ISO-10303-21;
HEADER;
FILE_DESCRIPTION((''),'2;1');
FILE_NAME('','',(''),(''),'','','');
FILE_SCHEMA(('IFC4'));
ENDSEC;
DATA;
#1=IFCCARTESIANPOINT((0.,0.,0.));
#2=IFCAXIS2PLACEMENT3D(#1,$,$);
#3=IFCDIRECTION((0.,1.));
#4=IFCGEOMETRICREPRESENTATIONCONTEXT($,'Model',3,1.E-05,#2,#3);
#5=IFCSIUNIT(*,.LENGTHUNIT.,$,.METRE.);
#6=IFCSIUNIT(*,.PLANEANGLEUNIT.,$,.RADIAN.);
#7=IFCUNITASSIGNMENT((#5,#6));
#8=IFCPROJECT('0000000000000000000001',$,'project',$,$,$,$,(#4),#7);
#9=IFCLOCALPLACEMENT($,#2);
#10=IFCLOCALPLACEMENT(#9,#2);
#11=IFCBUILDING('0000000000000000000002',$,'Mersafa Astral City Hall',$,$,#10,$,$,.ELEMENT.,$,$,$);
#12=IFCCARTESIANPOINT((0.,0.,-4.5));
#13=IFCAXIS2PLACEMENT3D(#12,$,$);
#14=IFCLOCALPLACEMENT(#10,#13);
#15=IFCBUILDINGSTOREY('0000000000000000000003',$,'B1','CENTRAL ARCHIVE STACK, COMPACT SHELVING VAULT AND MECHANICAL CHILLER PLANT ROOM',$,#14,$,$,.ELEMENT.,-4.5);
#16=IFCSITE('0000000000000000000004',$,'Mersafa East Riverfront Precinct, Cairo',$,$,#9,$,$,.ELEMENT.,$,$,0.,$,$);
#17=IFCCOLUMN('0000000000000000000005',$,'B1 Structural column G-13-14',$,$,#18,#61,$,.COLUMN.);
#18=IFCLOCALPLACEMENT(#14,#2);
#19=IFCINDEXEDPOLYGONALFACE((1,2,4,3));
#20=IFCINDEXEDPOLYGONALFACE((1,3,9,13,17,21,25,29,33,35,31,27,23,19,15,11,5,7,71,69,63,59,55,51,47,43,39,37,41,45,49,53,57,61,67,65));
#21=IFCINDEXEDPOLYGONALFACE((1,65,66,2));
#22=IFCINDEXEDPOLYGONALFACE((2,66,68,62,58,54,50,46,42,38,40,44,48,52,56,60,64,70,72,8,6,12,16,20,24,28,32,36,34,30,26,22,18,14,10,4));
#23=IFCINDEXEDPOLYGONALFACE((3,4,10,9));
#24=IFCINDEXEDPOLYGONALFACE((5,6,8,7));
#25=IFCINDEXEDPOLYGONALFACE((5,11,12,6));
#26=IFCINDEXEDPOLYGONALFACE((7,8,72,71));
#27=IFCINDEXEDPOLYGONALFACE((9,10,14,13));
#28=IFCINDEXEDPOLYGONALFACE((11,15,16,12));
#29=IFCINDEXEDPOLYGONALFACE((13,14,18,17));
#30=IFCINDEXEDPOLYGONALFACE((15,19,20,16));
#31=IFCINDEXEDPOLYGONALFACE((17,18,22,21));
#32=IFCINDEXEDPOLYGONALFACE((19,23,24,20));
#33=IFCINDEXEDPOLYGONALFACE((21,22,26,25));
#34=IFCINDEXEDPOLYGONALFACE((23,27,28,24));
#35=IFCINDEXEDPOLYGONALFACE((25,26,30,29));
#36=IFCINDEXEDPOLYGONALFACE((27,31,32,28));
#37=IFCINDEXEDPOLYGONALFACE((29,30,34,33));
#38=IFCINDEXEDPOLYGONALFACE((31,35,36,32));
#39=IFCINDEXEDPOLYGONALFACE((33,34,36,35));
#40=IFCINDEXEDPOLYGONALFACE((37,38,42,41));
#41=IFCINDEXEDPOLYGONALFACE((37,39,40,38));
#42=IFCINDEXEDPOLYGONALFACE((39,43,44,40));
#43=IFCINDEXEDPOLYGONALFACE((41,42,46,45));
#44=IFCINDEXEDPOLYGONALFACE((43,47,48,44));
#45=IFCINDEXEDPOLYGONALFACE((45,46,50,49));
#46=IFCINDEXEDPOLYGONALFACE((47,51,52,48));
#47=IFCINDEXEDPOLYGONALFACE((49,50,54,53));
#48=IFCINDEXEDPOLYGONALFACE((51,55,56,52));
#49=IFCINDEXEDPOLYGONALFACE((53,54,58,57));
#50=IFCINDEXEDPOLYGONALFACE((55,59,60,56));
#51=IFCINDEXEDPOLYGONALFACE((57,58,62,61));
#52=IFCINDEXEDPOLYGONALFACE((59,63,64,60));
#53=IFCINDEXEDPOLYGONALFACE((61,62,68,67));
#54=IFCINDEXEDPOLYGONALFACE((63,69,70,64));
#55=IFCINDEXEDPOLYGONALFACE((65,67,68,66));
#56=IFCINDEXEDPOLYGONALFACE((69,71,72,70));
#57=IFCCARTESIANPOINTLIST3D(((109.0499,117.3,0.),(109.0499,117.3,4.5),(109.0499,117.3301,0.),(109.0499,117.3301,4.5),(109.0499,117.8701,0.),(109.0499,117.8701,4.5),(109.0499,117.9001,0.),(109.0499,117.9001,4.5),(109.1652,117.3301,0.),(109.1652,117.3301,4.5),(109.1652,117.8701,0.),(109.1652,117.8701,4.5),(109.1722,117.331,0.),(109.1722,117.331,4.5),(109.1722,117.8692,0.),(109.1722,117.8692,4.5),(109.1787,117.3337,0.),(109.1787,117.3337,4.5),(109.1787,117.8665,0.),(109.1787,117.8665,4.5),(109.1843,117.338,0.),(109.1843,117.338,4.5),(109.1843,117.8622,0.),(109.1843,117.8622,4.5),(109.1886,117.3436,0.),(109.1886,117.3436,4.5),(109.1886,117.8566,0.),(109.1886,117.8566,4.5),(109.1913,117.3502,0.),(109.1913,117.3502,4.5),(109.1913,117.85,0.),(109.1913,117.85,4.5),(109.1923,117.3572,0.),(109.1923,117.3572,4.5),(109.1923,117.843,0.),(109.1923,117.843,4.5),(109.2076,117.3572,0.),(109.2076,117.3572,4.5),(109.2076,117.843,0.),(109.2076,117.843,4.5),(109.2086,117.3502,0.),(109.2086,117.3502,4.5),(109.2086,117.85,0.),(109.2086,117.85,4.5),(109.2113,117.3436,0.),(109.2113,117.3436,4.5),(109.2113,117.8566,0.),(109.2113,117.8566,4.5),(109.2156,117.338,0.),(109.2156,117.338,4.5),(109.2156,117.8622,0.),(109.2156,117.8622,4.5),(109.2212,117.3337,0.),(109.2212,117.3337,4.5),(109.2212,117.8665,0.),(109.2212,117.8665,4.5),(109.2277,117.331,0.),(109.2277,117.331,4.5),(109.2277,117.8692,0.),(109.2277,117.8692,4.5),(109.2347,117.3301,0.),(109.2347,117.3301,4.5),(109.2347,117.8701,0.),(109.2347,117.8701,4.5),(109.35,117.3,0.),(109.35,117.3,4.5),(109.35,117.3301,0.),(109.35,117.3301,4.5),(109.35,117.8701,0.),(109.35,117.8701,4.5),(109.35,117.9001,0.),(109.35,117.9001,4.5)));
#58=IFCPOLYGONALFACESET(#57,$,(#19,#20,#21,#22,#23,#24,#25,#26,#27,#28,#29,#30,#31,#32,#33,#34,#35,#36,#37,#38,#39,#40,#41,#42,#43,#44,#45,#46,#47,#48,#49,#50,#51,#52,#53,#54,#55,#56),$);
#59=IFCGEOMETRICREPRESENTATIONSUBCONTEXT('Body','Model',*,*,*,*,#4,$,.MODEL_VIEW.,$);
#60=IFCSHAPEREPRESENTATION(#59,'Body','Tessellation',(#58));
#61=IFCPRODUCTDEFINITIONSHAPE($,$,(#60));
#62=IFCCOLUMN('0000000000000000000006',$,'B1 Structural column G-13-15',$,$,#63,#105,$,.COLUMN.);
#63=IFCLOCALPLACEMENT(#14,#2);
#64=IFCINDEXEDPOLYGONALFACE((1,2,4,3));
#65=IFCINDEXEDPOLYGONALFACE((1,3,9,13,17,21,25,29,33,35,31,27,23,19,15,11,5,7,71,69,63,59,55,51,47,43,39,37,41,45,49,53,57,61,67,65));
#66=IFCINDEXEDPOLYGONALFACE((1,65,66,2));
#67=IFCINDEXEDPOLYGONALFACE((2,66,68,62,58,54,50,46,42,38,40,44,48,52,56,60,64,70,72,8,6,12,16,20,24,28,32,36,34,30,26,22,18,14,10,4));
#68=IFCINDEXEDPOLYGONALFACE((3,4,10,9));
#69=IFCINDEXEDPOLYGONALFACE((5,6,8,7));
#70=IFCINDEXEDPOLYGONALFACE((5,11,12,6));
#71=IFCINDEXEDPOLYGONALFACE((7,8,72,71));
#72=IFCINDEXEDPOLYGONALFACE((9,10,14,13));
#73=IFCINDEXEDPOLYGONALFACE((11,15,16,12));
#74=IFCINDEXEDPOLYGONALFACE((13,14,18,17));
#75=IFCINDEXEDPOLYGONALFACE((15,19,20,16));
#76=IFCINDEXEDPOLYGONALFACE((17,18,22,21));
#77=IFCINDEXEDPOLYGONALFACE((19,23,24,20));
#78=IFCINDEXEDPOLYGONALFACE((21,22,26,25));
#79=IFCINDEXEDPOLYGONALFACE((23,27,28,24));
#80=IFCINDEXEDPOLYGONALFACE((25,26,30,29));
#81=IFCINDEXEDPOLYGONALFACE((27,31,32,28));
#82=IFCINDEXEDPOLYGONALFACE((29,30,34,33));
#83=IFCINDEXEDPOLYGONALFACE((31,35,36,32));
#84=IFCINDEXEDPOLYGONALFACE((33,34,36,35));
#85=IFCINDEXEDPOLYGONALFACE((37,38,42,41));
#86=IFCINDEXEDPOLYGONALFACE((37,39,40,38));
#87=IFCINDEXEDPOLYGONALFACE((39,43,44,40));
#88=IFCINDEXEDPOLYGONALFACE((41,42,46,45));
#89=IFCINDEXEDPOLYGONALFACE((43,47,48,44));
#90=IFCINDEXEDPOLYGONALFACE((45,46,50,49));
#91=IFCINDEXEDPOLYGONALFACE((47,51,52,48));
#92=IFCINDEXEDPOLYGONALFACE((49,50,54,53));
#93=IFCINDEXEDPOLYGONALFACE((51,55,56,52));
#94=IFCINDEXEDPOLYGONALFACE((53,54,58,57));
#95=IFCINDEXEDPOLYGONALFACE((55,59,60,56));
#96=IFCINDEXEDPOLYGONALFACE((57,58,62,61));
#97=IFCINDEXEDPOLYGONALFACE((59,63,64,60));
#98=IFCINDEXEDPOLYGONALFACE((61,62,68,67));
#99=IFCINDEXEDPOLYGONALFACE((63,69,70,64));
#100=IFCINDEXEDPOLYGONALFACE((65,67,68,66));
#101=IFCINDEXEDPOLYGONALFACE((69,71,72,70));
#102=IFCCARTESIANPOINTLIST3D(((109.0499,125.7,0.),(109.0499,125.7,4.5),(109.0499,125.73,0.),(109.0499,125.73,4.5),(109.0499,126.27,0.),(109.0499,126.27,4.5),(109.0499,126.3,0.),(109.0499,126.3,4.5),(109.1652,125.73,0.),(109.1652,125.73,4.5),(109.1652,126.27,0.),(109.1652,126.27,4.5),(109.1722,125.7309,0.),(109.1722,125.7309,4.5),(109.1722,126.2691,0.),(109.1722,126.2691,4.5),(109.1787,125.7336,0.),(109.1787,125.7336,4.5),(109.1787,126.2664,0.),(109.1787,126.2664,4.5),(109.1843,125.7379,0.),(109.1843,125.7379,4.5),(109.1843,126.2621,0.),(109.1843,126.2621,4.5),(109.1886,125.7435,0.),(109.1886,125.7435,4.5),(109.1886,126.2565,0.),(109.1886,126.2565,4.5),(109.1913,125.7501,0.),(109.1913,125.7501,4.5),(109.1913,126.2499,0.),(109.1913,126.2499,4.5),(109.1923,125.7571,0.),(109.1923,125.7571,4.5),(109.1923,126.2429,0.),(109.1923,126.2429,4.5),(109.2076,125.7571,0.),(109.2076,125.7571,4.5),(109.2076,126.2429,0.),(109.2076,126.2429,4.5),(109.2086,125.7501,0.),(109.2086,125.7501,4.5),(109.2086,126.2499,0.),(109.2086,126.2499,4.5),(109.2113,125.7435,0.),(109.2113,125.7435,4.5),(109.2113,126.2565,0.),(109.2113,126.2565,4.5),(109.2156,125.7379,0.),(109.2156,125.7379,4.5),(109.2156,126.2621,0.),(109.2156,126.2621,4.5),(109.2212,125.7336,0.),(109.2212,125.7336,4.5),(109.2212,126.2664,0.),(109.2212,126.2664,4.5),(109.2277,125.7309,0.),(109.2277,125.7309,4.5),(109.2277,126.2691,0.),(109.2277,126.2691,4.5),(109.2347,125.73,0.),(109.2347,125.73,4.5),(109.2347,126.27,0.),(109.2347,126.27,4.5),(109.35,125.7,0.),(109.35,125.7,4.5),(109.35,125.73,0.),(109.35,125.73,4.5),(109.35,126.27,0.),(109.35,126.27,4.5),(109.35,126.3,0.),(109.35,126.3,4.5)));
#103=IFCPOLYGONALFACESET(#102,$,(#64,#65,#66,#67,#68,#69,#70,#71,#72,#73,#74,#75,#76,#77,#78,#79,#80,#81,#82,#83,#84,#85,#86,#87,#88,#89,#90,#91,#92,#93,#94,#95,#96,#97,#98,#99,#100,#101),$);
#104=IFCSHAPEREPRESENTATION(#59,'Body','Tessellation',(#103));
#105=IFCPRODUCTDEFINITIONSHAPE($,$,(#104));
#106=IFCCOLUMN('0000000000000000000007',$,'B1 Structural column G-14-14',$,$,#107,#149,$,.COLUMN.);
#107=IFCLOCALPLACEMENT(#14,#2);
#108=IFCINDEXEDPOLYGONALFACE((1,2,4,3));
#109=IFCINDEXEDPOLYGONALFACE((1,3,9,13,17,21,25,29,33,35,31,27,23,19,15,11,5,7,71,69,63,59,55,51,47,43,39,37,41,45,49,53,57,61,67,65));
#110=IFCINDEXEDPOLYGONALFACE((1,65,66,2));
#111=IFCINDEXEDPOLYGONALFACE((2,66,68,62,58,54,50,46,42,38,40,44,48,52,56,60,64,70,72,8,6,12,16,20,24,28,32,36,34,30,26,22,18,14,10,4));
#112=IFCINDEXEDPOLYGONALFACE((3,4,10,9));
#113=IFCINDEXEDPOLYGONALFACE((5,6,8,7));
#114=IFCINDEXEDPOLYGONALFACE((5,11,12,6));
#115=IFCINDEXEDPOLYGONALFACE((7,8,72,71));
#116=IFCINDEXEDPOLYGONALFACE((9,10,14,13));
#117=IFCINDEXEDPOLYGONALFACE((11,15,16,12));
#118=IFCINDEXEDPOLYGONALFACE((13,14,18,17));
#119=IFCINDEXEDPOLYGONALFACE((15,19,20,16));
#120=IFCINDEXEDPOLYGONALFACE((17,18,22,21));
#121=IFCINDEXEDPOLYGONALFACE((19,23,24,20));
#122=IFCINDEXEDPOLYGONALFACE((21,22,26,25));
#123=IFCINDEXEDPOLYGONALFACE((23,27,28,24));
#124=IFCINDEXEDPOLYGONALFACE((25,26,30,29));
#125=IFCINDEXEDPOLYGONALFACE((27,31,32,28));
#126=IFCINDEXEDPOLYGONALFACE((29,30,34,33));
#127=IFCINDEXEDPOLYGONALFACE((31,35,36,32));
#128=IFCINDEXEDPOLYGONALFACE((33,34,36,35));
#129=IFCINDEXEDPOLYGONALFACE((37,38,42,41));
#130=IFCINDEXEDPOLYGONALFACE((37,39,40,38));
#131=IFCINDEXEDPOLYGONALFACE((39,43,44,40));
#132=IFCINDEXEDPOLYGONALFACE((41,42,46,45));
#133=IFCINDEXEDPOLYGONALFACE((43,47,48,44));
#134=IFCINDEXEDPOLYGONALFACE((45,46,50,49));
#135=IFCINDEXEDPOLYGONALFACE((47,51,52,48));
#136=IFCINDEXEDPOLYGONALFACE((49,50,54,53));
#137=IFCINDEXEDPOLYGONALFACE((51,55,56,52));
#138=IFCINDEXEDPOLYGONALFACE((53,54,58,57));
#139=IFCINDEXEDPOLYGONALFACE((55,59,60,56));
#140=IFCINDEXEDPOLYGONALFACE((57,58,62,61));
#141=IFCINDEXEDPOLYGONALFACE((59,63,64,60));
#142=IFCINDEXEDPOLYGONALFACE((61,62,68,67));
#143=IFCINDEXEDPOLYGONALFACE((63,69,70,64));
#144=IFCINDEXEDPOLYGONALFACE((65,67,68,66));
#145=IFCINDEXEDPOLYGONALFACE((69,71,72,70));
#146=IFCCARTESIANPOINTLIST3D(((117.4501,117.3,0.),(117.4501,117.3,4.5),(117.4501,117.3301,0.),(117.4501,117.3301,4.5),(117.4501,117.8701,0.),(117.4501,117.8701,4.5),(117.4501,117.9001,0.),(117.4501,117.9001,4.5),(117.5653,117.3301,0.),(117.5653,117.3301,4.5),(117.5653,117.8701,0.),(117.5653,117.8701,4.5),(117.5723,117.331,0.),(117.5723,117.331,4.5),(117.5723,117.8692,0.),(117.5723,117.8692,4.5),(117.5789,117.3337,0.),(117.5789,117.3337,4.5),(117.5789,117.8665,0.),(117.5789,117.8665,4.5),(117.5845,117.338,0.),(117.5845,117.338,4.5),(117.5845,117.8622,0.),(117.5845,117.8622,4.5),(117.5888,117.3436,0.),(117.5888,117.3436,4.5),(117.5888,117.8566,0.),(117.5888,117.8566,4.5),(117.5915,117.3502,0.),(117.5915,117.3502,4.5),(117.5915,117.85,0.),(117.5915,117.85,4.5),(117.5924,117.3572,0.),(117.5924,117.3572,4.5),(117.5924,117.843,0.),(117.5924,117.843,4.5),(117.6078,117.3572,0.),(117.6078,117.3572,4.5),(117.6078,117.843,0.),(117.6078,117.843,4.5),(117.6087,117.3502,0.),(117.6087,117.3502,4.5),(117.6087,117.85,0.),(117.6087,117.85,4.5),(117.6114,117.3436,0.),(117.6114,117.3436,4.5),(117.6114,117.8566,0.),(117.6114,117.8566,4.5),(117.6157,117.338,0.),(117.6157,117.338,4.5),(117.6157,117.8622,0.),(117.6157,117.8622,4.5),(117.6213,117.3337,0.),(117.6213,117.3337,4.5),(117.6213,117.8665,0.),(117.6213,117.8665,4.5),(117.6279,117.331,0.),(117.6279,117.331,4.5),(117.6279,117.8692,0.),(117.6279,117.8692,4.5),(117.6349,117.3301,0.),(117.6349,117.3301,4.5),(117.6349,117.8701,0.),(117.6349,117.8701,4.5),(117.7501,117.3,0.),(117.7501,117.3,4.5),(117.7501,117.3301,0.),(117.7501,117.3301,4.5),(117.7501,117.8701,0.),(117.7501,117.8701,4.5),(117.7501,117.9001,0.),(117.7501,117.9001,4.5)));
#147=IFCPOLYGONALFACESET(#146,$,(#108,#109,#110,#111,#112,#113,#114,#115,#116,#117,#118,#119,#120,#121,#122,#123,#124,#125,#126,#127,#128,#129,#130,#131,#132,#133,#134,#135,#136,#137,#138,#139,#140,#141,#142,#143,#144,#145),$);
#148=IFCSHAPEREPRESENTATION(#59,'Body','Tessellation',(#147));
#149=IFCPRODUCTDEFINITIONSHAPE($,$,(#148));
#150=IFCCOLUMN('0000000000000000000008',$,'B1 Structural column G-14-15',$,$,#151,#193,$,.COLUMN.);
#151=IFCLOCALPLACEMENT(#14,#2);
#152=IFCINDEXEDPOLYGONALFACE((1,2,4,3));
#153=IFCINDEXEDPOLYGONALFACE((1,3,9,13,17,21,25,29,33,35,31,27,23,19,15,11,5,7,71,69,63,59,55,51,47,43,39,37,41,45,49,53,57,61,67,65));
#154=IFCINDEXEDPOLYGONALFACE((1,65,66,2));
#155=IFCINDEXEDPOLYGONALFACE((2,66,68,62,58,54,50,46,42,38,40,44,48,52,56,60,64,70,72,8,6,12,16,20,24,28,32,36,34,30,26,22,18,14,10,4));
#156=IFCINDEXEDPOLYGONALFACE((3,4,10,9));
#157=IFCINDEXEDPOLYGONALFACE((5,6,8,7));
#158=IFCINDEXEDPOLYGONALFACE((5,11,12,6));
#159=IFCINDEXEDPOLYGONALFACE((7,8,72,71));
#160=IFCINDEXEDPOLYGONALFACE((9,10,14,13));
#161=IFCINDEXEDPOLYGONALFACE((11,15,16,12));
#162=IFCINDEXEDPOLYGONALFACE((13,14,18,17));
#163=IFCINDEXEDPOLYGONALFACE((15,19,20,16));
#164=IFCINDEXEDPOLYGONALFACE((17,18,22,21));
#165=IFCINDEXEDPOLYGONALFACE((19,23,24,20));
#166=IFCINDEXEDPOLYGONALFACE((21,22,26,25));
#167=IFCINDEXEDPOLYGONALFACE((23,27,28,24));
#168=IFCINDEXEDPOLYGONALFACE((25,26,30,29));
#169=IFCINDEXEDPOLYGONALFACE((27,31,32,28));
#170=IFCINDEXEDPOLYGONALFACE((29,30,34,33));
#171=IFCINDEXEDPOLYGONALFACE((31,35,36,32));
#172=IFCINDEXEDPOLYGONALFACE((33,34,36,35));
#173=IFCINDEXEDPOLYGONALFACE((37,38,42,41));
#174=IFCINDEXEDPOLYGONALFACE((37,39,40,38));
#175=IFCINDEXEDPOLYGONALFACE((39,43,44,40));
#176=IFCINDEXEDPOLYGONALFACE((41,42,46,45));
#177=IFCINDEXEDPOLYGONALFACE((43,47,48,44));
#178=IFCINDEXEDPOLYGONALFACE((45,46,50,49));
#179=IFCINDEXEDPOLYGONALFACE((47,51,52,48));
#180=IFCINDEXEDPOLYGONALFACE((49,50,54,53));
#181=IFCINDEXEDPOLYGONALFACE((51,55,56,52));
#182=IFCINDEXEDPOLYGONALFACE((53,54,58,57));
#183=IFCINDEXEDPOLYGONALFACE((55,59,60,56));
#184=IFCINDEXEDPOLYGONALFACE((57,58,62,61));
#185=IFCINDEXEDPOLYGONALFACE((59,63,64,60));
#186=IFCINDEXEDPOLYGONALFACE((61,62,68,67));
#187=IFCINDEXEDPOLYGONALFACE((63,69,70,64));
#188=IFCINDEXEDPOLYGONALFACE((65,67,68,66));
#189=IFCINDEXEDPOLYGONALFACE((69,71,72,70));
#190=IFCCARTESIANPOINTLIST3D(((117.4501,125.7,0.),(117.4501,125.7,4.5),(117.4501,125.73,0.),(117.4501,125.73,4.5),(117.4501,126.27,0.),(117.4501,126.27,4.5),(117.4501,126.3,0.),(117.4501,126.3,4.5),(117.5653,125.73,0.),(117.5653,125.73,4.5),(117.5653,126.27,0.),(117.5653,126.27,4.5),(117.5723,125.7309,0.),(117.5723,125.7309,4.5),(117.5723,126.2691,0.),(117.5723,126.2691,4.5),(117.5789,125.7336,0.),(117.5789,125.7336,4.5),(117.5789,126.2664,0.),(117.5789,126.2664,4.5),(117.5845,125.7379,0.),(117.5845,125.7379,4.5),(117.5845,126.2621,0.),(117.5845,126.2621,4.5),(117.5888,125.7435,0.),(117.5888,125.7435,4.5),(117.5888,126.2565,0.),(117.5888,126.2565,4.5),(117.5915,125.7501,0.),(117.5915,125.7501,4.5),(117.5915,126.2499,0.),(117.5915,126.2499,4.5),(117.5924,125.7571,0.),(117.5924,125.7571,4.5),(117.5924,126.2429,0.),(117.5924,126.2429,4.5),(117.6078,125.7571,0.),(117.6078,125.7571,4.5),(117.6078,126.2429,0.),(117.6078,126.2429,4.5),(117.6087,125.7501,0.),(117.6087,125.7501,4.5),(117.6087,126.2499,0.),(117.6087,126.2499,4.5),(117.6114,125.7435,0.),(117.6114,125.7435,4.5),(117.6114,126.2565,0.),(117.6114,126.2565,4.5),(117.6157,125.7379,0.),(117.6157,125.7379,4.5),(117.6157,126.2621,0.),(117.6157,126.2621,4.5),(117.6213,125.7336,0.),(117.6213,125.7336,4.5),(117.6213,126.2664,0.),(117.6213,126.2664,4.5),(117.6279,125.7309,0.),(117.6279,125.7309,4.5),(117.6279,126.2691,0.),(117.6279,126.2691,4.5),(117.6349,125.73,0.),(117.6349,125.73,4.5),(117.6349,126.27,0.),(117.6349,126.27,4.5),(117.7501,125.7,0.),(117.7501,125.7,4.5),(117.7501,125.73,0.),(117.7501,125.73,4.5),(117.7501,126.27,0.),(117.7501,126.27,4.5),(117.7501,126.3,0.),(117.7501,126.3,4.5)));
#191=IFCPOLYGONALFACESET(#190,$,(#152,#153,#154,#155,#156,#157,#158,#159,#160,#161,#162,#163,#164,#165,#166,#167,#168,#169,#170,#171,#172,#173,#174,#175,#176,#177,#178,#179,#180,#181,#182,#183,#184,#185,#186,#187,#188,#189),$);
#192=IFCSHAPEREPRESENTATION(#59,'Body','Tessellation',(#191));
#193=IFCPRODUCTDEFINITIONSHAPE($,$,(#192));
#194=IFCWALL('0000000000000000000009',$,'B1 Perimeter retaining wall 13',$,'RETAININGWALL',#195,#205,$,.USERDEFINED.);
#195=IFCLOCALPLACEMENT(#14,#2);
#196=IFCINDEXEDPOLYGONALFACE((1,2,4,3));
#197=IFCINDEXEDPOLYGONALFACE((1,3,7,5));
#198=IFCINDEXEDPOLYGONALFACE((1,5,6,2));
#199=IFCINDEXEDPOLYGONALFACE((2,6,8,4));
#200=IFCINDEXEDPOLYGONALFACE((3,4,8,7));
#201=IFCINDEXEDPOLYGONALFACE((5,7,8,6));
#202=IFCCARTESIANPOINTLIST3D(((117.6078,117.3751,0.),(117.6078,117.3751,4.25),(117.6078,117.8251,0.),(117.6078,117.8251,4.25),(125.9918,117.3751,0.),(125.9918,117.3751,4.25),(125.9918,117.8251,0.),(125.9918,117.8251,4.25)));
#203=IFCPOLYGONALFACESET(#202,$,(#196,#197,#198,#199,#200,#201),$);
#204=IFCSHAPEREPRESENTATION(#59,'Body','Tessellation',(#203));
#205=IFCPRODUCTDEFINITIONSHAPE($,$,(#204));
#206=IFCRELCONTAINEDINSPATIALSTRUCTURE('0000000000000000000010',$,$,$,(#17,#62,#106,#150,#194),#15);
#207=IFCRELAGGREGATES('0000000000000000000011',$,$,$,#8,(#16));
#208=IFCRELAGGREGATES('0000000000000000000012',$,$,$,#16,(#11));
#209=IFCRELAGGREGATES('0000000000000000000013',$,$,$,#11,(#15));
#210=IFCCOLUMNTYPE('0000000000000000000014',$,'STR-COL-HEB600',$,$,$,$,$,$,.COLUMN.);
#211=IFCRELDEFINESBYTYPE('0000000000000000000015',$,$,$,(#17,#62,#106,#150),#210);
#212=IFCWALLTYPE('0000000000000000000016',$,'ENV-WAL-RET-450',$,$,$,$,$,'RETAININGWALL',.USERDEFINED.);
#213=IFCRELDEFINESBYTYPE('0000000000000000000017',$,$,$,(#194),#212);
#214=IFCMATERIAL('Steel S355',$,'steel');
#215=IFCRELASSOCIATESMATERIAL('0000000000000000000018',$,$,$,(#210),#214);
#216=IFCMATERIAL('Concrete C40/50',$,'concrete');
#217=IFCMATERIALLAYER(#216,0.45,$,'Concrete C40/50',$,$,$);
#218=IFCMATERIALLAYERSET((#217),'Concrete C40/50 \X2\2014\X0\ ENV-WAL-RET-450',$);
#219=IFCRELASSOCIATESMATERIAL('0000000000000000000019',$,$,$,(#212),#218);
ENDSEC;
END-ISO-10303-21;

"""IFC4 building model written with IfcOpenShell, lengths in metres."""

from ifc_helpers import new_model, si_unit, direction, frame, frame_2d, origin, origin_2d, place, context, subcontext, project, spatial, rectangle, i_section, extrude, material, layer, layer_set, material_profile, profile_set, type_object, element, save


model = new_model("IFC4")

# Units and contexts
model_context = context("Model", 3, precision=1e-05, world=origin(), true_north=direction((0.0, 1.0)))
body_context = subcontext(model_context, "Body", "Model", "MODEL_VIEW")
ifc_project = project(units=[si_unit("LENGTHUNIT", "METRE"), si_unit("PLANEANGLEUNIT", "RADIAN")], contexts=[model_context])

# Site, building, storey
site_placement = place(None, origin())
site = spatial("IfcSite", under=ifc_project, at=site_placement, Name="Mersafa East Riverfront Precinct, Cairo", CompositionType="ELEMENT", RefElevation=0.0)
building_placement = place(site_placement, origin())
building = spatial("IfcBuilding", under=site, at=building_placement, Name="Mersafa Astral City Hall", CompositionType="ELEMENT")
storey_placement = place(building_placement, frame((0.0, 0.0, -4.5)))
storey = spatial("IfcBuildingStorey", under=building, at=storey_placement, Name="B1", Description="CENTRAL ARCHIVE STACK, COMPACT SHELVING VAULT AND MECHANICAL CHILLER PLANT ROOM", CompositionType="ELEMENT", Elevation=-4.5)

# Shared definitions
ifc_material_1 = material(Name="Concrete C40/50", Category="concrete")

# Columns
ifc_material_2 = material(Name="Steel S355", Category="steel")
ifc_material_profile_1 = material_profile(ifc_material_2, i_section(OverallWidth=0.3, OverallDepth=0.6001, WebThickness=0.0154, FlangeThickness=0.03, FilletRadius=0.0271, at=origin_2d()), Name="HEB 600")
ifc_profile_set_1 = profile_set([ifc_material_profile_1], Name="Steel S355")
column_type = type_object("IfcColumnType", Name="STR-COL-HEB600", PredefinedType="COLUMN", material=ifc_profile_set_1)
for number, where, z_axis, x_axis, name in (
    (1, (109.2, 117.6001, 0.0), (0.0, 0.0, 1.0), (1.0, 0.0, 0.0), "B1 Structural column G-13-14"),
    (2, (109.2, 126.0, 0.0), (0.0, 0.0, 1.0), (1.0, 0.0, 0.0), "B1 Structural column G-13-15"),
    (3, (117.6001, 117.6001, 0.0), (0.0, 0.0, 1.0), (1.0, 0.0, 0.0), "B1 Structural column G-14-14"),
    (4, (117.6001, 126.0, 0.0), (0.0, 0.0, 1.0), (1.0, 0.0, 0.0), "B1 Structural column G-14-15"),
):
    element("IfcColumn", number, at=place(storey_placement, frame(where, z_axis=z_axis, x_axis=x_axis)), inside=storey, type_object=column_type, Name=name, PredefinedType="COLUMN", context=body_context, shape_type="SweptSolid", body=[
        extrude(i_section(OverallWidth=0.3, OverallDepth=0.6001, WebThickness=0.0154, FlangeThickness=0.03, FilletRadius=0.0271, at=origin_2d()), origin(), (0.0, 0.0, 1.0), 4.5),
    ])

# Wall
ifc_layer_1 = layer(ifc_material_1, 0.45, Name="Concrete C40/50")
ifc_layer_set_1 = layer_set([ifc_layer_1], Name="Concrete C40/50 — ENV-WAL-RET-450")
wall_type_1 = type_object("IfcWallType", Name="ENV-WAL-RET-450", ElementType="RETAININGWALL", PredefinedType="USERDEFINED", material=ifc_layer_set_1)
wall_1_placement = place(storey_placement, frame((117.6079, 117.6001, 0.0), z_axis=(0.0, 0.0, 1.0), x_axis=(1.0, 0.0, 0.0)))
element("IfcWall", 5, at=wall_1_placement, inside=storey, type_object=wall_type_1, Name="B1 Perimeter retaining wall 13", ObjectType="RETAININGWALL", PredefinedType="USERDEFINED", context=body_context, shape_type="SweptSolid", body=[
    extrude(rectangle(XDim=8.384, YDim=0.45, at=frame_2d((4.1919, 0.0))), origin(), (0.0, 0.0, 1.0), 4.25),
])

save(model, "model.ifc")
